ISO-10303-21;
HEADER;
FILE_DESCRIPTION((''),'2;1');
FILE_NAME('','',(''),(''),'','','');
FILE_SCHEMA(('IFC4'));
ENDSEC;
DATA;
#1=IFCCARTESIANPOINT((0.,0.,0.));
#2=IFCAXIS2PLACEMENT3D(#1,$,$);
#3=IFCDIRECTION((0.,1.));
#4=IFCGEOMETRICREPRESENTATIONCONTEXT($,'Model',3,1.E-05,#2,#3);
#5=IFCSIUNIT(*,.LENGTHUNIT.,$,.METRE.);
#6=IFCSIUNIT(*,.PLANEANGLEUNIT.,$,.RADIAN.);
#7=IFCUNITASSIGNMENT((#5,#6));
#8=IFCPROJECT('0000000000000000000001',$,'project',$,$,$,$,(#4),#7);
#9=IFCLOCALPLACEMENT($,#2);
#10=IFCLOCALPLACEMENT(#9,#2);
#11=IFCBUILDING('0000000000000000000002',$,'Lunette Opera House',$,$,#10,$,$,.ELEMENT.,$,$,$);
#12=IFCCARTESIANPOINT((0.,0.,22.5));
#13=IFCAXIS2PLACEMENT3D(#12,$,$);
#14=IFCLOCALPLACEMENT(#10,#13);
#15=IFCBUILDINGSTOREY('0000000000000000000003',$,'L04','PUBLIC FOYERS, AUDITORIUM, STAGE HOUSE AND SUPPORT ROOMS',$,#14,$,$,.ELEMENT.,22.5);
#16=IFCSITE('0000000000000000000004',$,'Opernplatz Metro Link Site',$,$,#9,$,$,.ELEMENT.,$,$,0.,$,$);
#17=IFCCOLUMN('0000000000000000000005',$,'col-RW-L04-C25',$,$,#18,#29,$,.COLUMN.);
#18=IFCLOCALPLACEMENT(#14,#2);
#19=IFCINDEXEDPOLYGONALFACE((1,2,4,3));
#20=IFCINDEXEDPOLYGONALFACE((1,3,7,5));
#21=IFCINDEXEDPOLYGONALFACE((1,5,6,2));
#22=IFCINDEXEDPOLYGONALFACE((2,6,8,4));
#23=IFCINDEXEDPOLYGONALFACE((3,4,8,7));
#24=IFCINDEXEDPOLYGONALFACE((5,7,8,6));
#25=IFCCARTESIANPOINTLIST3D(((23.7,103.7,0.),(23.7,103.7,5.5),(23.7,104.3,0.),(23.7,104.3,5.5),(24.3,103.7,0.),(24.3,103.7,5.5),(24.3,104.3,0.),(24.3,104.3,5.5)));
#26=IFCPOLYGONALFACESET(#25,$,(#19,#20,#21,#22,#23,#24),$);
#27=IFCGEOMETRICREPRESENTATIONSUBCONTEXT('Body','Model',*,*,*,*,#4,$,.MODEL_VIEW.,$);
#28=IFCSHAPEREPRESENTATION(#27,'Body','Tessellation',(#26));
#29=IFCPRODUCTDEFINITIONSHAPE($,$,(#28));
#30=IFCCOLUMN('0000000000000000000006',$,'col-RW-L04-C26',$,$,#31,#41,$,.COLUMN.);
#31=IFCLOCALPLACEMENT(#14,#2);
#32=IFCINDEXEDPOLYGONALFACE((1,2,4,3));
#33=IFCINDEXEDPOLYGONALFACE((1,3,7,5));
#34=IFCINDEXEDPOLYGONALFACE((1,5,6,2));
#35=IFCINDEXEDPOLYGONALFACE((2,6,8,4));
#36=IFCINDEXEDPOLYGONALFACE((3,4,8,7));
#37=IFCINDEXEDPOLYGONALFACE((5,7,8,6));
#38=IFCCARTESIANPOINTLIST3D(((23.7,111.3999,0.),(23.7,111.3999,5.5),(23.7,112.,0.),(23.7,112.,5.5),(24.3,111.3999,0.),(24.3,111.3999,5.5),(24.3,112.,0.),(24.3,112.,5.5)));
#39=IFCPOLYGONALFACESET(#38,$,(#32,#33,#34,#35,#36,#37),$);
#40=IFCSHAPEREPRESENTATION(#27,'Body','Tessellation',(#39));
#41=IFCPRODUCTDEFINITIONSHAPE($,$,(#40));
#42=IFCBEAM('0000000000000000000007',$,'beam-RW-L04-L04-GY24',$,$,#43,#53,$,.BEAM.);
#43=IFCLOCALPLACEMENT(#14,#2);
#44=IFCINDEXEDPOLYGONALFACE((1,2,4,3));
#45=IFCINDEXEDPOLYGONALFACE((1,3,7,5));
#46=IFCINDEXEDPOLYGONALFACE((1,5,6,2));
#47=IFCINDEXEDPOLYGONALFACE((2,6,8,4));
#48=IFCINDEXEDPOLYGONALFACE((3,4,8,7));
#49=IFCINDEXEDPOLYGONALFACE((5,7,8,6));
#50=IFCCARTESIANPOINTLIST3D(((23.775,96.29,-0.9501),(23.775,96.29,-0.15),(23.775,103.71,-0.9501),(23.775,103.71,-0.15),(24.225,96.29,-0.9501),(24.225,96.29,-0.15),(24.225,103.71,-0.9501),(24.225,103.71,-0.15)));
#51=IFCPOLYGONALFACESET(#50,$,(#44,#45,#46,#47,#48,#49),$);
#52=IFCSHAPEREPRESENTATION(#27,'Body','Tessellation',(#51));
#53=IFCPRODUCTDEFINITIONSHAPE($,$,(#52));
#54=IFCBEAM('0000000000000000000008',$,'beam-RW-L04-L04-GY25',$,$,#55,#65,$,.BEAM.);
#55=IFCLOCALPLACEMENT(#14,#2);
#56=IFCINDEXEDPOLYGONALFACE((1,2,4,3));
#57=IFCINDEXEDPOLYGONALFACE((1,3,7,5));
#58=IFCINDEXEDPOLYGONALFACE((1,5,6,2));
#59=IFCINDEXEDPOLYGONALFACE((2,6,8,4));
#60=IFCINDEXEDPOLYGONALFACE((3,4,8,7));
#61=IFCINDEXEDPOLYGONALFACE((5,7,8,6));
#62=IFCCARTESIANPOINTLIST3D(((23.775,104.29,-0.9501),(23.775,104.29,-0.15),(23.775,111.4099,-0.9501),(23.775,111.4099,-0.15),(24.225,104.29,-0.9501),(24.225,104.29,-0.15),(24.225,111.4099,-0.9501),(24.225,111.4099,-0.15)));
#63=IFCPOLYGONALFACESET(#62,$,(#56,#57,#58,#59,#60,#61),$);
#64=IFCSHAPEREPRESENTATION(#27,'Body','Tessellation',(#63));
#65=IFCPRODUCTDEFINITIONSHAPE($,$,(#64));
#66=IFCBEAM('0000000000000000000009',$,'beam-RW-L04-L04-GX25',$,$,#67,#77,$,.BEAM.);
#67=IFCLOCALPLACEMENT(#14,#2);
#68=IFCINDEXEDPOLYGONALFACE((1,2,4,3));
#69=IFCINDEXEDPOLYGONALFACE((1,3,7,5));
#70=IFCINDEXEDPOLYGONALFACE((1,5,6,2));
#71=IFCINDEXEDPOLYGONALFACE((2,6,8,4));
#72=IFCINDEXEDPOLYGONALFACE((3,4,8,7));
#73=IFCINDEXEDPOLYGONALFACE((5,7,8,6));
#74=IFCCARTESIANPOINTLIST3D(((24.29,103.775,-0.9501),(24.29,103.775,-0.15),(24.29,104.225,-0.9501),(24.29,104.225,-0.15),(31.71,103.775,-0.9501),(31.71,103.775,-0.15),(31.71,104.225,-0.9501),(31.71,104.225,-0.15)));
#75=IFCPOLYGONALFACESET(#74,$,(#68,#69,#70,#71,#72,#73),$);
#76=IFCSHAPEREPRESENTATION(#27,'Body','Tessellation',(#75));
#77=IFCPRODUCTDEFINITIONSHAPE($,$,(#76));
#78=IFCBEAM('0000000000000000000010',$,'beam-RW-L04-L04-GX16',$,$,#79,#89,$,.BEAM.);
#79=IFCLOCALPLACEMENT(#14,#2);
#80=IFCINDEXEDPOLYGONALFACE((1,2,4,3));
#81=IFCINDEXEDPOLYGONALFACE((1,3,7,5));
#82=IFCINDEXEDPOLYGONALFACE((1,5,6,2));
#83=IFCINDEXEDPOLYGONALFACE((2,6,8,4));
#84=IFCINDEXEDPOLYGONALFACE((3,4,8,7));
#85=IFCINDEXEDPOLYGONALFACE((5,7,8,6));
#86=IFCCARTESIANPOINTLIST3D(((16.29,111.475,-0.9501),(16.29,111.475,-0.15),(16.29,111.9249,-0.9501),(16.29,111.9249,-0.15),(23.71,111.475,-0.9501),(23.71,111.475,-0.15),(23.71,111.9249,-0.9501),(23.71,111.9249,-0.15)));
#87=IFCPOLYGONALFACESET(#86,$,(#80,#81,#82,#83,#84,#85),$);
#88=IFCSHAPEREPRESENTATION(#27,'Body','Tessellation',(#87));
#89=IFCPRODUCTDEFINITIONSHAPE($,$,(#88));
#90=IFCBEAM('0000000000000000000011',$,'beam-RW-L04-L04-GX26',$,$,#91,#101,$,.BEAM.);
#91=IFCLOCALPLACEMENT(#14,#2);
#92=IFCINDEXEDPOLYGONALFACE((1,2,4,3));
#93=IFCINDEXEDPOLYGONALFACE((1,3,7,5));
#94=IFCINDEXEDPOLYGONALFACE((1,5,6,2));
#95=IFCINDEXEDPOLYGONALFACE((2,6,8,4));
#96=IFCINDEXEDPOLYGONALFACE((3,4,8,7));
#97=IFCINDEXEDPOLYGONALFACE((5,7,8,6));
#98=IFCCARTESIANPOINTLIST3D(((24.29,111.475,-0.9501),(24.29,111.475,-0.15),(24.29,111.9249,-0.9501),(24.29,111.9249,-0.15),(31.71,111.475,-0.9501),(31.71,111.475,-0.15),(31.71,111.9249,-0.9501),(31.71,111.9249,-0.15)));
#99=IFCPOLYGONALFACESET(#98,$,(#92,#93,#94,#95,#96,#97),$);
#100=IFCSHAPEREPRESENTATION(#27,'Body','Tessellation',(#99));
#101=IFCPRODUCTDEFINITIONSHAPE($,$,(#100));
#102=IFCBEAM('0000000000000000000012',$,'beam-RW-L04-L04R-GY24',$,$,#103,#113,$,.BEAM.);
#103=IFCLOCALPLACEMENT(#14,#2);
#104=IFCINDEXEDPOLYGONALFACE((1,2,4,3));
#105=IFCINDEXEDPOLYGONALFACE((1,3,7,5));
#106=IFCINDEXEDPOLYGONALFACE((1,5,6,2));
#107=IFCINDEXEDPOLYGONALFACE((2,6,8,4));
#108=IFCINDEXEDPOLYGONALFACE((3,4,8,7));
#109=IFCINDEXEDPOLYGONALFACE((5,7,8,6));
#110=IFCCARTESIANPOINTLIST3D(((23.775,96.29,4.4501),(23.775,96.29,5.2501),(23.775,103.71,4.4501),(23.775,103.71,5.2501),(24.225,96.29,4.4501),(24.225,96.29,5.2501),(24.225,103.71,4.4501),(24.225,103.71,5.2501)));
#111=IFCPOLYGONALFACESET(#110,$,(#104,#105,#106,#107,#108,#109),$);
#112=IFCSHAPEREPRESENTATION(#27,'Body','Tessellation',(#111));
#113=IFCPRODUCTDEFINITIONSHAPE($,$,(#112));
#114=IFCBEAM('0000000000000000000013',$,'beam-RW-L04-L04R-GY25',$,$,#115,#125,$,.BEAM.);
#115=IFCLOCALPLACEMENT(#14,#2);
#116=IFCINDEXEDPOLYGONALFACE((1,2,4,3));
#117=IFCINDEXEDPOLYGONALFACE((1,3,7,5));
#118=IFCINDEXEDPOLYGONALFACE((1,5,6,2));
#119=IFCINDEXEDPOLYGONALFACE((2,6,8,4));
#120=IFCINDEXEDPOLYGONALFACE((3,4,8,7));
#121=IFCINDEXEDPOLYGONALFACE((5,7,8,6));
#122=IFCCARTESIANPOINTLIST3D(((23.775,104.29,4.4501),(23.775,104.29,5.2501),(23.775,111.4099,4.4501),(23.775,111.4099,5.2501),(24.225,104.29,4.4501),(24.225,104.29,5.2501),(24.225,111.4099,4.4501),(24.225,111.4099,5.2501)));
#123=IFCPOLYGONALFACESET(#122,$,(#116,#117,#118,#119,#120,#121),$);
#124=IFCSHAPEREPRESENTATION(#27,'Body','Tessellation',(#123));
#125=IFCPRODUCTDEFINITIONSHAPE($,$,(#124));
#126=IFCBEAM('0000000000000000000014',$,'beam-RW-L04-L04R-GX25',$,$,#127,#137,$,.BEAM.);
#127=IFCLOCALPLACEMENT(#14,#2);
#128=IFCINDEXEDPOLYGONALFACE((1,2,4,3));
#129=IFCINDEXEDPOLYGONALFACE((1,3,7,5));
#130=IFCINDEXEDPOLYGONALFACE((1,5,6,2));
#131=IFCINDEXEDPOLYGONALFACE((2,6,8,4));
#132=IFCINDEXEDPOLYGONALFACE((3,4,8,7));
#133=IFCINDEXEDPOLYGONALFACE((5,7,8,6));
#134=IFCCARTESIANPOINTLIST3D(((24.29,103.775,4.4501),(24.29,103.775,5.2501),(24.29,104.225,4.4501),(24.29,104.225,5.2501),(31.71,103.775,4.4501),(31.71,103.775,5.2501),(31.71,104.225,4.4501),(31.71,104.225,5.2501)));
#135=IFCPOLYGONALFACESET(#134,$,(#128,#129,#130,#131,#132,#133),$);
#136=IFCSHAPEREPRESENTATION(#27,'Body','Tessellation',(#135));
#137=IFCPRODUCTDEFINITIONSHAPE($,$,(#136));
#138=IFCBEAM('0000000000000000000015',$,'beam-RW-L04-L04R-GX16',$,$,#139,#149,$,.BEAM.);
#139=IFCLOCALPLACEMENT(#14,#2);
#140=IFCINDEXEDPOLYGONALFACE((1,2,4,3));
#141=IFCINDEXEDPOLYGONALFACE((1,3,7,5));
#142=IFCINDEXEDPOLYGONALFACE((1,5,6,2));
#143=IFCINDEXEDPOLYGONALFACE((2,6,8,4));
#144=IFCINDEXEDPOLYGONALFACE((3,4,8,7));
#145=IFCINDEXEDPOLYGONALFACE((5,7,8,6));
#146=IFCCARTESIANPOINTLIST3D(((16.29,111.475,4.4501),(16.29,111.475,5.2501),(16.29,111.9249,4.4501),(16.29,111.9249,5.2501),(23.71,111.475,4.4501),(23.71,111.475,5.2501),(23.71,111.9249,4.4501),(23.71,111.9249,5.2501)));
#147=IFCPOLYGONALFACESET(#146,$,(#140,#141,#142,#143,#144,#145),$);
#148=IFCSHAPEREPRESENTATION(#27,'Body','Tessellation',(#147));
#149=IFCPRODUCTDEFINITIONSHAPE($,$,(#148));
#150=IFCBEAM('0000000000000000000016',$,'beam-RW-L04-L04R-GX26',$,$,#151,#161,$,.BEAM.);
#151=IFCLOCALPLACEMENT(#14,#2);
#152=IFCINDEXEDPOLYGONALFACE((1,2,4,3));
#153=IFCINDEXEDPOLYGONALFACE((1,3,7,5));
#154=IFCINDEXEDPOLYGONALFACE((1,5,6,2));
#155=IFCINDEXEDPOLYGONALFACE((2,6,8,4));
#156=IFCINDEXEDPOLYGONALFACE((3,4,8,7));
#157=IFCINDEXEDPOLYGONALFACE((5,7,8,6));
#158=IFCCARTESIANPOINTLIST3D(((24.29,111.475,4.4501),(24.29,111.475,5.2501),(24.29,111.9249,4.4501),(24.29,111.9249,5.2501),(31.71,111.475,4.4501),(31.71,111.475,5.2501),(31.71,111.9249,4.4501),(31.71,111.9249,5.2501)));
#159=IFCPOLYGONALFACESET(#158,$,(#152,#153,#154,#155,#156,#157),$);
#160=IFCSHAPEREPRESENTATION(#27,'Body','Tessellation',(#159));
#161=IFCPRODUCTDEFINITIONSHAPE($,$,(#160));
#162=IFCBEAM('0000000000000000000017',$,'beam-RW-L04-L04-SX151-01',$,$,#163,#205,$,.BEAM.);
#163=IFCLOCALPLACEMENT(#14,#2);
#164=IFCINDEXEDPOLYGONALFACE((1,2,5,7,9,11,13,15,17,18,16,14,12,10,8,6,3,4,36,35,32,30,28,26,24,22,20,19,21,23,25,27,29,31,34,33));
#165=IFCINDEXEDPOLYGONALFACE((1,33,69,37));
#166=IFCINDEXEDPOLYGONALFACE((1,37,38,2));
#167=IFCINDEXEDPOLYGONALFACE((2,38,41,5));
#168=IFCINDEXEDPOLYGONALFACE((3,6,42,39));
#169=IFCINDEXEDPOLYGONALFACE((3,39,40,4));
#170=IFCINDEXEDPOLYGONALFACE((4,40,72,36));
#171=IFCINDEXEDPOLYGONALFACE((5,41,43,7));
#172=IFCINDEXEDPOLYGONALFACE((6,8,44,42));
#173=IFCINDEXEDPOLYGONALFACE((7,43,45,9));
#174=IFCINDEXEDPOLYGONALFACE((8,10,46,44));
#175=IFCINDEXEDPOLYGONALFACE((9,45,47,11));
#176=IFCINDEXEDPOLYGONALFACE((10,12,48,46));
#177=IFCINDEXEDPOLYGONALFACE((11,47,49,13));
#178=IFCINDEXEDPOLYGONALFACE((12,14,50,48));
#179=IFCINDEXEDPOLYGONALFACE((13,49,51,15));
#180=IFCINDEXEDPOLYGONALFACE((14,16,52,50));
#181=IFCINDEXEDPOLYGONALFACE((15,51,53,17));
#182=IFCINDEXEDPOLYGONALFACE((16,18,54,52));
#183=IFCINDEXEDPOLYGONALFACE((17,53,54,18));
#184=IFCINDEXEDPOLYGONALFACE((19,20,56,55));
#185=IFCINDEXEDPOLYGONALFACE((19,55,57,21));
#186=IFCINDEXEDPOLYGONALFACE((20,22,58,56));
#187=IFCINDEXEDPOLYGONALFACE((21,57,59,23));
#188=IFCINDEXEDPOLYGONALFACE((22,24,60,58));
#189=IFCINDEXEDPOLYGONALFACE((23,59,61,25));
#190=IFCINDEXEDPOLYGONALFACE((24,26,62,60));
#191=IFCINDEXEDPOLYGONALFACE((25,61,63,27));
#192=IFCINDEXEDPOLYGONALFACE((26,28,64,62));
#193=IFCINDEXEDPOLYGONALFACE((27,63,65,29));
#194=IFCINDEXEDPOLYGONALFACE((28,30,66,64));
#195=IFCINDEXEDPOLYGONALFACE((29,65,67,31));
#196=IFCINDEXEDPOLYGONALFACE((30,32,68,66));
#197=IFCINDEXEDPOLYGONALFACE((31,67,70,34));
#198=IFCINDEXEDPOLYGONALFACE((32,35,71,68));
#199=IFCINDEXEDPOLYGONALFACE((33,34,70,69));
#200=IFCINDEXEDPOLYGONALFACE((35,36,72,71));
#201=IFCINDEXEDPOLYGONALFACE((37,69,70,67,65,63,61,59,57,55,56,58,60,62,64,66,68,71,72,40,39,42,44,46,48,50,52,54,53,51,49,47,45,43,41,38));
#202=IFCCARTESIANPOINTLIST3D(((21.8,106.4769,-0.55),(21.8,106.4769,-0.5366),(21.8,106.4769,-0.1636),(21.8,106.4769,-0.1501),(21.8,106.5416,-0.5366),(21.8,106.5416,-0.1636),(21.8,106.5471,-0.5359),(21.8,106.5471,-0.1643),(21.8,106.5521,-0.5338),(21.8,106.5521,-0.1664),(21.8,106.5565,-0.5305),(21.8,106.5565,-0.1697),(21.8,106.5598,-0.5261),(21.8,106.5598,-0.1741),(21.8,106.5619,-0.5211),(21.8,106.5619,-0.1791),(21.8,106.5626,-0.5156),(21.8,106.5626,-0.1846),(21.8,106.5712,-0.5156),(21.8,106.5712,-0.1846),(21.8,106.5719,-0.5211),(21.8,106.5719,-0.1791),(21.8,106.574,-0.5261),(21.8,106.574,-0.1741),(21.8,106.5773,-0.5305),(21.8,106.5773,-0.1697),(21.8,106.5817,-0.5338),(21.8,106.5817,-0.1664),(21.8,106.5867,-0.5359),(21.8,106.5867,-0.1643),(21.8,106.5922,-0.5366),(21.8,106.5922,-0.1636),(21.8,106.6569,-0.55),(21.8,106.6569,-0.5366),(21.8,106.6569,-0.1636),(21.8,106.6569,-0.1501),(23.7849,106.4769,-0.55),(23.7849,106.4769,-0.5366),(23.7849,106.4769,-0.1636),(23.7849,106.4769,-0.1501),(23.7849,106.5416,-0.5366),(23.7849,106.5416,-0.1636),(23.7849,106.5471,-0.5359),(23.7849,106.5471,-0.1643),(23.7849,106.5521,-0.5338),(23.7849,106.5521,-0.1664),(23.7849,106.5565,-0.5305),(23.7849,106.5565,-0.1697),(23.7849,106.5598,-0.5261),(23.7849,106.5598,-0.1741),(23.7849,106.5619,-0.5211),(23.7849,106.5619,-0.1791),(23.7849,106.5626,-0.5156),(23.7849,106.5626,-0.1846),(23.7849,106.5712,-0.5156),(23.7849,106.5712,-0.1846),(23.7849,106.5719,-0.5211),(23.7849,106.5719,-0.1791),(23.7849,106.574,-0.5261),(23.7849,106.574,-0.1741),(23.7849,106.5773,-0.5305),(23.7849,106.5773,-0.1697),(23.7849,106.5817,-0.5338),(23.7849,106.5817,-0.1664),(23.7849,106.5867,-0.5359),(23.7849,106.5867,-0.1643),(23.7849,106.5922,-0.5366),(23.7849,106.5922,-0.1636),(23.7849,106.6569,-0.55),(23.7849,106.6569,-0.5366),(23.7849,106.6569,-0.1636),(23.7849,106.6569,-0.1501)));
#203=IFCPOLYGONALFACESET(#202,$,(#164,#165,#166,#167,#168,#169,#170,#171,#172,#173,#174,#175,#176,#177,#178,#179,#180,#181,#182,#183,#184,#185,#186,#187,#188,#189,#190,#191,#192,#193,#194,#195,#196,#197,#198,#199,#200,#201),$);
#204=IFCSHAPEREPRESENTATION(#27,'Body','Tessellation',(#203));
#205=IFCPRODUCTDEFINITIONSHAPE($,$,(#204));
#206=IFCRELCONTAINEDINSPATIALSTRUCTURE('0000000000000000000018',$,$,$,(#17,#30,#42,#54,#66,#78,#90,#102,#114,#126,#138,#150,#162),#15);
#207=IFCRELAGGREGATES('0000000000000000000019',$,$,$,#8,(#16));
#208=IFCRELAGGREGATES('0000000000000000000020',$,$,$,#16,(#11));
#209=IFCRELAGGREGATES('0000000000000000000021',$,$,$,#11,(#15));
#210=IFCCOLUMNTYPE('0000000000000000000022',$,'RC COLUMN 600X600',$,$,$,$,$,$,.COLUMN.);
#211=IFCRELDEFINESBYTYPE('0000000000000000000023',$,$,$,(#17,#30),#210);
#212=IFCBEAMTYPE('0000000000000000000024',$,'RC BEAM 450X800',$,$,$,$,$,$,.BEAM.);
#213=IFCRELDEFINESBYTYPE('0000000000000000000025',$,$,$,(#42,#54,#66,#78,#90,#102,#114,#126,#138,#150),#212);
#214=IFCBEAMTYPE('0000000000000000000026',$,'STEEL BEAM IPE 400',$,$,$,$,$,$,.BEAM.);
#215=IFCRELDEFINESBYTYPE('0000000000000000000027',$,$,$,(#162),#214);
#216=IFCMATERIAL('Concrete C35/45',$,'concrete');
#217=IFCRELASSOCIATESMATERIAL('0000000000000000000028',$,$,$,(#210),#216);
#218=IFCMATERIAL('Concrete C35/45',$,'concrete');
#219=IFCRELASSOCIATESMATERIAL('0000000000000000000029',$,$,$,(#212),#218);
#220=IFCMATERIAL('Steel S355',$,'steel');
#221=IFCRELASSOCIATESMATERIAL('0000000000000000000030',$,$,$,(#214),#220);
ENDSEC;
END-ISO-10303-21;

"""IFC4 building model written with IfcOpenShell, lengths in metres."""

from ifc_helpers import new_model, si_unit, direction, frame, origin, origin_2d, place, context, subcontext, project, spatial, rectangle, i_section, extrude, material, material_profile, profile_set, type_object, element, save


model = new_model("IFC4")

# Units and contexts
model_context = context("Model", 3, precision=1e-05, world=origin(), true_north=direction((0.0, 1.0)))
body_context = subcontext(model_context, "Body", "Model", "MODEL_VIEW")
ifc_project = project(units=[si_unit("LENGTHUNIT", "METRE"), si_unit("PLANEANGLEUNIT", "RADIAN")], contexts=[model_context])

# Site, building, storey
site_placement = place(None, origin())
site = spatial("IfcSite", under=ifc_project, at=site_placement, Name="Opernplatz Metro Link Site", CompositionType="ELEMENT", RefElevation=0.0)
building_placement = place(site_placement, origin())
building = spatial("IfcBuilding", under=site, at=building_placement, Name="Lunette Opera House", CompositionType="ELEMENT")
storey_placement = place(building_placement, frame((0.0, 0.0, 22.5)))
storey = spatial("IfcBuildingStorey", under=building, at=storey_placement, Name="L04", Description="PUBLIC FOYERS, AUDITORIUM, STAGE HOUSE AND SUPPORT ROOMS", CompositionType="ELEMENT", Elevation=22.5)

# Columns
ifc_material_1 = material(Name="Concrete C35/45", Category="concrete")
ifc_material_profile_1 = material_profile(ifc_material_1, rectangle(XDim=0.6001, YDim=0.6001, at=origin_2d()), Name="RC COLUMN 600X600")
ifc_profile_set_1 = profile_set([ifc_material_profile_1], Name="Concrete C35/45")
column_type = type_object("IfcColumnType", Name="RC COLUMN 600X600", PredefinedType="COLUMN", material=ifc_profile_set_1)
for number, where, z_axis, x_axis, name in (
    (1, (24.0, 104.0, 0.0), (0.0, 0.0, 1.0), (1.0, 0.0, 0.0), "col-RW-L04-C25"),
    (2, (24.0, 111.7, 0.0), (0.0, 0.0, 1.0), (1.0, 0.0, 0.0), "col-RW-L04-C26"),
):
    element("IfcColumn", number, at=place(storey_placement, frame(where, z_axis=z_axis, x_axis=x_axis)), inside=storey, type_object=column_type, Name=name, PredefinedType="COLUMN", context=body_context, shape_type="SweptSolid", body=[
        extrude(rectangle(XDim=0.6001, YDim=0.6001, at=origin_2d()), origin(), (0.0, 0.0, 1.0), 5.5),
    ])

# Beams
ifc_material_2 = material(Name="Concrete C35/45", Category="concrete")
ifc_material_profile_2 = material_profile(ifc_material_2, rectangle(XDim=0.45, YDim=0.8, at=origin_2d()), Name="RC BEAM 450X800")
ifc_profile_set_2 = profile_set([ifc_material_profile_2], Name="Concrete C35/45")
beam_type_1 = type_object("IfcBeamType", Name="RC BEAM 450X800", PredefinedType="BEAM", material=ifc_profile_set_2)
beam_1_placement = place(storey_placement, frame((24.0, 96.29, -0.55), z_axis=(0.0, 1.0, 0.0), x_axis=(-1.0, 0.0, 0.0)))
element("IfcBeam", 3, at=beam_1_placement, inside=storey, type_object=beam_type_1, Name="beam-RW-L04-L04-GY24", PredefinedType="BEAM", context=body_context, shape_type="SweptSolid", body=[
    extrude(rectangle(XDim=0.45, YDim=0.8, at=origin_2d()), origin(), (0.0, 0.0, 1.0), 7.4199),
])
beam_2_placement = place(storey_placement, frame((24.0, 104.29, -0.55), z_axis=(0.0, 1.0, 0.0), x_axis=(-1.0, 0.0, 0.0)))
element("IfcBeam", 4, at=beam_2_placement, inside=storey, type_object=beam_type_1, Name="beam-RW-L04-L04-GY25", PredefinedType="BEAM", context=body_context, shape_type="SweptSolid", body=[
    extrude(rectangle(XDim=0.45, YDim=0.8, at=origin_2d()), origin(), (0.0, 0.0, 1.0), 7.1199),
])
for number, where, z_axis, x_axis, name in (
    (5, (24.29, 104.0, -0.55), (1.0, 0.0, 0.0), (0.0, 1.0, 0.0), "beam-RW-L04-L04-GX25"),
    (6, (16.29, 111.7, -0.55), (1.0, 0.0, 0.0), (0.0, 1.0, 0.0), "beam-RW-L04-L04-GX16"),
    (7, (24.29, 111.7, -0.55), (1.0, 0.0, 0.0), (0.0, 1.0, 0.0), "beam-RW-L04-L04-GX26"),
    (8, (24.0, 96.29, 4.8501), (0.0, 1.0, 0.0), (-1.0, 0.0, 0.0), "beam-RW-L04-L04R-GY24"),
):
    element("IfcBeam", number, at=place(storey_placement, frame(where, z_axis=z_axis, x_axis=x_axis)), inside=storey, type_object=beam_type_1, Name=name, PredefinedType="BEAM", context=body_context, shape_type="SweptSolid", body=[
        extrude(rectangle(XDim=0.45, YDim=0.8, at=origin_2d()), origin(), (0.0, 0.0, 1.0), 7.4199),
    ])
beam_3_placement = place(storey_placement, frame((24.0, 104.29, 4.8501), z_axis=(0.0, 1.0, 0.0), x_axis=(-1.0, 0.0, 0.0)))
element("IfcBeam", 9, at=beam_3_placement, inside=storey, type_object=beam_type_1, Name="beam-RW-L04-L04R-GY25", PredefinedType="BEAM", context=body_context, shape_type="SweptSolid", body=[
    extrude(rectangle(XDim=0.45, YDim=0.8, at=origin_2d()), origin(), (0.0, 0.0, 1.0), 7.1199),
])
for number, where, z_axis, x_axis, name in (
    (10, (24.29, 104.0, 4.8501), (1.0, 0.0, 0.0), (0.0, 1.0, 0.0), "beam-RW-L04-L04R-GX25"),
    (11, (16.29, 111.7, 4.8501), (1.0, 0.0, 0.0), (0.0, 1.0, 0.0), "beam-RW-L04-L04R-GX16"),
    (12, (24.29, 111.7, 4.8501), (1.0, 0.0, 0.0), (0.0, 1.0, 0.0), "beam-RW-L04-L04R-GX26"),
):
    element("IfcBeam", number, at=place(storey_placement, frame(where, z_axis=z_axis, x_axis=x_axis)), inside=storey, type_object=beam_type_1, Name=name, PredefinedType="BEAM", context=body_context, shape_type="SweptSolid", body=[
        extrude(rectangle(XDim=0.45, YDim=0.8, at=origin_2d()), origin(), (0.0, 0.0, 1.0), 7.4199),
    ])
ifc_material_3 = material(Name="Steel S355", Category="steel")
ifc_material_profile_3 = material_profile(ifc_material_3, i_section(OverallWidth=0.1799, OverallDepth=0.3999, WebThickness=0.0085, FlangeThickness=0.0134, FilletRadius=0.021, at=origin_2d()), Name="IPE 400")
ifc_profile_set_3 = profile_set([ifc_material_profile_3], Name="Steel S355")
beam_type_2 = type_object("IfcBeamType", Name="STEEL BEAM IPE 400", PredefinedType="BEAM", material=ifc_profile_set_3)
beam_4_placement = place(storey_placement, frame((21.8, 106.5669, -0.3501), z_axis=(1.0, 0.0, 0.0), x_axis=(0.0, 1.0, 0.0)))
element("IfcBeam", 13, at=beam_4_placement, inside=storey, type_object=beam_type_2, Name="beam-RW-L04-L04-SX151-01", PredefinedType="BEAM", context=body_context, shape_type="SweptSolid", body=[
    extrude(i_section(OverallWidth=0.1799, OverallDepth=0.3999, WebThickness=0.0085, FlangeThickness=0.0134, FilletRadius=0.021, at=origin_2d()), origin(), (0.0, 0.0, 1.0), 1.9849),
])

save(model, "model.ifc")
